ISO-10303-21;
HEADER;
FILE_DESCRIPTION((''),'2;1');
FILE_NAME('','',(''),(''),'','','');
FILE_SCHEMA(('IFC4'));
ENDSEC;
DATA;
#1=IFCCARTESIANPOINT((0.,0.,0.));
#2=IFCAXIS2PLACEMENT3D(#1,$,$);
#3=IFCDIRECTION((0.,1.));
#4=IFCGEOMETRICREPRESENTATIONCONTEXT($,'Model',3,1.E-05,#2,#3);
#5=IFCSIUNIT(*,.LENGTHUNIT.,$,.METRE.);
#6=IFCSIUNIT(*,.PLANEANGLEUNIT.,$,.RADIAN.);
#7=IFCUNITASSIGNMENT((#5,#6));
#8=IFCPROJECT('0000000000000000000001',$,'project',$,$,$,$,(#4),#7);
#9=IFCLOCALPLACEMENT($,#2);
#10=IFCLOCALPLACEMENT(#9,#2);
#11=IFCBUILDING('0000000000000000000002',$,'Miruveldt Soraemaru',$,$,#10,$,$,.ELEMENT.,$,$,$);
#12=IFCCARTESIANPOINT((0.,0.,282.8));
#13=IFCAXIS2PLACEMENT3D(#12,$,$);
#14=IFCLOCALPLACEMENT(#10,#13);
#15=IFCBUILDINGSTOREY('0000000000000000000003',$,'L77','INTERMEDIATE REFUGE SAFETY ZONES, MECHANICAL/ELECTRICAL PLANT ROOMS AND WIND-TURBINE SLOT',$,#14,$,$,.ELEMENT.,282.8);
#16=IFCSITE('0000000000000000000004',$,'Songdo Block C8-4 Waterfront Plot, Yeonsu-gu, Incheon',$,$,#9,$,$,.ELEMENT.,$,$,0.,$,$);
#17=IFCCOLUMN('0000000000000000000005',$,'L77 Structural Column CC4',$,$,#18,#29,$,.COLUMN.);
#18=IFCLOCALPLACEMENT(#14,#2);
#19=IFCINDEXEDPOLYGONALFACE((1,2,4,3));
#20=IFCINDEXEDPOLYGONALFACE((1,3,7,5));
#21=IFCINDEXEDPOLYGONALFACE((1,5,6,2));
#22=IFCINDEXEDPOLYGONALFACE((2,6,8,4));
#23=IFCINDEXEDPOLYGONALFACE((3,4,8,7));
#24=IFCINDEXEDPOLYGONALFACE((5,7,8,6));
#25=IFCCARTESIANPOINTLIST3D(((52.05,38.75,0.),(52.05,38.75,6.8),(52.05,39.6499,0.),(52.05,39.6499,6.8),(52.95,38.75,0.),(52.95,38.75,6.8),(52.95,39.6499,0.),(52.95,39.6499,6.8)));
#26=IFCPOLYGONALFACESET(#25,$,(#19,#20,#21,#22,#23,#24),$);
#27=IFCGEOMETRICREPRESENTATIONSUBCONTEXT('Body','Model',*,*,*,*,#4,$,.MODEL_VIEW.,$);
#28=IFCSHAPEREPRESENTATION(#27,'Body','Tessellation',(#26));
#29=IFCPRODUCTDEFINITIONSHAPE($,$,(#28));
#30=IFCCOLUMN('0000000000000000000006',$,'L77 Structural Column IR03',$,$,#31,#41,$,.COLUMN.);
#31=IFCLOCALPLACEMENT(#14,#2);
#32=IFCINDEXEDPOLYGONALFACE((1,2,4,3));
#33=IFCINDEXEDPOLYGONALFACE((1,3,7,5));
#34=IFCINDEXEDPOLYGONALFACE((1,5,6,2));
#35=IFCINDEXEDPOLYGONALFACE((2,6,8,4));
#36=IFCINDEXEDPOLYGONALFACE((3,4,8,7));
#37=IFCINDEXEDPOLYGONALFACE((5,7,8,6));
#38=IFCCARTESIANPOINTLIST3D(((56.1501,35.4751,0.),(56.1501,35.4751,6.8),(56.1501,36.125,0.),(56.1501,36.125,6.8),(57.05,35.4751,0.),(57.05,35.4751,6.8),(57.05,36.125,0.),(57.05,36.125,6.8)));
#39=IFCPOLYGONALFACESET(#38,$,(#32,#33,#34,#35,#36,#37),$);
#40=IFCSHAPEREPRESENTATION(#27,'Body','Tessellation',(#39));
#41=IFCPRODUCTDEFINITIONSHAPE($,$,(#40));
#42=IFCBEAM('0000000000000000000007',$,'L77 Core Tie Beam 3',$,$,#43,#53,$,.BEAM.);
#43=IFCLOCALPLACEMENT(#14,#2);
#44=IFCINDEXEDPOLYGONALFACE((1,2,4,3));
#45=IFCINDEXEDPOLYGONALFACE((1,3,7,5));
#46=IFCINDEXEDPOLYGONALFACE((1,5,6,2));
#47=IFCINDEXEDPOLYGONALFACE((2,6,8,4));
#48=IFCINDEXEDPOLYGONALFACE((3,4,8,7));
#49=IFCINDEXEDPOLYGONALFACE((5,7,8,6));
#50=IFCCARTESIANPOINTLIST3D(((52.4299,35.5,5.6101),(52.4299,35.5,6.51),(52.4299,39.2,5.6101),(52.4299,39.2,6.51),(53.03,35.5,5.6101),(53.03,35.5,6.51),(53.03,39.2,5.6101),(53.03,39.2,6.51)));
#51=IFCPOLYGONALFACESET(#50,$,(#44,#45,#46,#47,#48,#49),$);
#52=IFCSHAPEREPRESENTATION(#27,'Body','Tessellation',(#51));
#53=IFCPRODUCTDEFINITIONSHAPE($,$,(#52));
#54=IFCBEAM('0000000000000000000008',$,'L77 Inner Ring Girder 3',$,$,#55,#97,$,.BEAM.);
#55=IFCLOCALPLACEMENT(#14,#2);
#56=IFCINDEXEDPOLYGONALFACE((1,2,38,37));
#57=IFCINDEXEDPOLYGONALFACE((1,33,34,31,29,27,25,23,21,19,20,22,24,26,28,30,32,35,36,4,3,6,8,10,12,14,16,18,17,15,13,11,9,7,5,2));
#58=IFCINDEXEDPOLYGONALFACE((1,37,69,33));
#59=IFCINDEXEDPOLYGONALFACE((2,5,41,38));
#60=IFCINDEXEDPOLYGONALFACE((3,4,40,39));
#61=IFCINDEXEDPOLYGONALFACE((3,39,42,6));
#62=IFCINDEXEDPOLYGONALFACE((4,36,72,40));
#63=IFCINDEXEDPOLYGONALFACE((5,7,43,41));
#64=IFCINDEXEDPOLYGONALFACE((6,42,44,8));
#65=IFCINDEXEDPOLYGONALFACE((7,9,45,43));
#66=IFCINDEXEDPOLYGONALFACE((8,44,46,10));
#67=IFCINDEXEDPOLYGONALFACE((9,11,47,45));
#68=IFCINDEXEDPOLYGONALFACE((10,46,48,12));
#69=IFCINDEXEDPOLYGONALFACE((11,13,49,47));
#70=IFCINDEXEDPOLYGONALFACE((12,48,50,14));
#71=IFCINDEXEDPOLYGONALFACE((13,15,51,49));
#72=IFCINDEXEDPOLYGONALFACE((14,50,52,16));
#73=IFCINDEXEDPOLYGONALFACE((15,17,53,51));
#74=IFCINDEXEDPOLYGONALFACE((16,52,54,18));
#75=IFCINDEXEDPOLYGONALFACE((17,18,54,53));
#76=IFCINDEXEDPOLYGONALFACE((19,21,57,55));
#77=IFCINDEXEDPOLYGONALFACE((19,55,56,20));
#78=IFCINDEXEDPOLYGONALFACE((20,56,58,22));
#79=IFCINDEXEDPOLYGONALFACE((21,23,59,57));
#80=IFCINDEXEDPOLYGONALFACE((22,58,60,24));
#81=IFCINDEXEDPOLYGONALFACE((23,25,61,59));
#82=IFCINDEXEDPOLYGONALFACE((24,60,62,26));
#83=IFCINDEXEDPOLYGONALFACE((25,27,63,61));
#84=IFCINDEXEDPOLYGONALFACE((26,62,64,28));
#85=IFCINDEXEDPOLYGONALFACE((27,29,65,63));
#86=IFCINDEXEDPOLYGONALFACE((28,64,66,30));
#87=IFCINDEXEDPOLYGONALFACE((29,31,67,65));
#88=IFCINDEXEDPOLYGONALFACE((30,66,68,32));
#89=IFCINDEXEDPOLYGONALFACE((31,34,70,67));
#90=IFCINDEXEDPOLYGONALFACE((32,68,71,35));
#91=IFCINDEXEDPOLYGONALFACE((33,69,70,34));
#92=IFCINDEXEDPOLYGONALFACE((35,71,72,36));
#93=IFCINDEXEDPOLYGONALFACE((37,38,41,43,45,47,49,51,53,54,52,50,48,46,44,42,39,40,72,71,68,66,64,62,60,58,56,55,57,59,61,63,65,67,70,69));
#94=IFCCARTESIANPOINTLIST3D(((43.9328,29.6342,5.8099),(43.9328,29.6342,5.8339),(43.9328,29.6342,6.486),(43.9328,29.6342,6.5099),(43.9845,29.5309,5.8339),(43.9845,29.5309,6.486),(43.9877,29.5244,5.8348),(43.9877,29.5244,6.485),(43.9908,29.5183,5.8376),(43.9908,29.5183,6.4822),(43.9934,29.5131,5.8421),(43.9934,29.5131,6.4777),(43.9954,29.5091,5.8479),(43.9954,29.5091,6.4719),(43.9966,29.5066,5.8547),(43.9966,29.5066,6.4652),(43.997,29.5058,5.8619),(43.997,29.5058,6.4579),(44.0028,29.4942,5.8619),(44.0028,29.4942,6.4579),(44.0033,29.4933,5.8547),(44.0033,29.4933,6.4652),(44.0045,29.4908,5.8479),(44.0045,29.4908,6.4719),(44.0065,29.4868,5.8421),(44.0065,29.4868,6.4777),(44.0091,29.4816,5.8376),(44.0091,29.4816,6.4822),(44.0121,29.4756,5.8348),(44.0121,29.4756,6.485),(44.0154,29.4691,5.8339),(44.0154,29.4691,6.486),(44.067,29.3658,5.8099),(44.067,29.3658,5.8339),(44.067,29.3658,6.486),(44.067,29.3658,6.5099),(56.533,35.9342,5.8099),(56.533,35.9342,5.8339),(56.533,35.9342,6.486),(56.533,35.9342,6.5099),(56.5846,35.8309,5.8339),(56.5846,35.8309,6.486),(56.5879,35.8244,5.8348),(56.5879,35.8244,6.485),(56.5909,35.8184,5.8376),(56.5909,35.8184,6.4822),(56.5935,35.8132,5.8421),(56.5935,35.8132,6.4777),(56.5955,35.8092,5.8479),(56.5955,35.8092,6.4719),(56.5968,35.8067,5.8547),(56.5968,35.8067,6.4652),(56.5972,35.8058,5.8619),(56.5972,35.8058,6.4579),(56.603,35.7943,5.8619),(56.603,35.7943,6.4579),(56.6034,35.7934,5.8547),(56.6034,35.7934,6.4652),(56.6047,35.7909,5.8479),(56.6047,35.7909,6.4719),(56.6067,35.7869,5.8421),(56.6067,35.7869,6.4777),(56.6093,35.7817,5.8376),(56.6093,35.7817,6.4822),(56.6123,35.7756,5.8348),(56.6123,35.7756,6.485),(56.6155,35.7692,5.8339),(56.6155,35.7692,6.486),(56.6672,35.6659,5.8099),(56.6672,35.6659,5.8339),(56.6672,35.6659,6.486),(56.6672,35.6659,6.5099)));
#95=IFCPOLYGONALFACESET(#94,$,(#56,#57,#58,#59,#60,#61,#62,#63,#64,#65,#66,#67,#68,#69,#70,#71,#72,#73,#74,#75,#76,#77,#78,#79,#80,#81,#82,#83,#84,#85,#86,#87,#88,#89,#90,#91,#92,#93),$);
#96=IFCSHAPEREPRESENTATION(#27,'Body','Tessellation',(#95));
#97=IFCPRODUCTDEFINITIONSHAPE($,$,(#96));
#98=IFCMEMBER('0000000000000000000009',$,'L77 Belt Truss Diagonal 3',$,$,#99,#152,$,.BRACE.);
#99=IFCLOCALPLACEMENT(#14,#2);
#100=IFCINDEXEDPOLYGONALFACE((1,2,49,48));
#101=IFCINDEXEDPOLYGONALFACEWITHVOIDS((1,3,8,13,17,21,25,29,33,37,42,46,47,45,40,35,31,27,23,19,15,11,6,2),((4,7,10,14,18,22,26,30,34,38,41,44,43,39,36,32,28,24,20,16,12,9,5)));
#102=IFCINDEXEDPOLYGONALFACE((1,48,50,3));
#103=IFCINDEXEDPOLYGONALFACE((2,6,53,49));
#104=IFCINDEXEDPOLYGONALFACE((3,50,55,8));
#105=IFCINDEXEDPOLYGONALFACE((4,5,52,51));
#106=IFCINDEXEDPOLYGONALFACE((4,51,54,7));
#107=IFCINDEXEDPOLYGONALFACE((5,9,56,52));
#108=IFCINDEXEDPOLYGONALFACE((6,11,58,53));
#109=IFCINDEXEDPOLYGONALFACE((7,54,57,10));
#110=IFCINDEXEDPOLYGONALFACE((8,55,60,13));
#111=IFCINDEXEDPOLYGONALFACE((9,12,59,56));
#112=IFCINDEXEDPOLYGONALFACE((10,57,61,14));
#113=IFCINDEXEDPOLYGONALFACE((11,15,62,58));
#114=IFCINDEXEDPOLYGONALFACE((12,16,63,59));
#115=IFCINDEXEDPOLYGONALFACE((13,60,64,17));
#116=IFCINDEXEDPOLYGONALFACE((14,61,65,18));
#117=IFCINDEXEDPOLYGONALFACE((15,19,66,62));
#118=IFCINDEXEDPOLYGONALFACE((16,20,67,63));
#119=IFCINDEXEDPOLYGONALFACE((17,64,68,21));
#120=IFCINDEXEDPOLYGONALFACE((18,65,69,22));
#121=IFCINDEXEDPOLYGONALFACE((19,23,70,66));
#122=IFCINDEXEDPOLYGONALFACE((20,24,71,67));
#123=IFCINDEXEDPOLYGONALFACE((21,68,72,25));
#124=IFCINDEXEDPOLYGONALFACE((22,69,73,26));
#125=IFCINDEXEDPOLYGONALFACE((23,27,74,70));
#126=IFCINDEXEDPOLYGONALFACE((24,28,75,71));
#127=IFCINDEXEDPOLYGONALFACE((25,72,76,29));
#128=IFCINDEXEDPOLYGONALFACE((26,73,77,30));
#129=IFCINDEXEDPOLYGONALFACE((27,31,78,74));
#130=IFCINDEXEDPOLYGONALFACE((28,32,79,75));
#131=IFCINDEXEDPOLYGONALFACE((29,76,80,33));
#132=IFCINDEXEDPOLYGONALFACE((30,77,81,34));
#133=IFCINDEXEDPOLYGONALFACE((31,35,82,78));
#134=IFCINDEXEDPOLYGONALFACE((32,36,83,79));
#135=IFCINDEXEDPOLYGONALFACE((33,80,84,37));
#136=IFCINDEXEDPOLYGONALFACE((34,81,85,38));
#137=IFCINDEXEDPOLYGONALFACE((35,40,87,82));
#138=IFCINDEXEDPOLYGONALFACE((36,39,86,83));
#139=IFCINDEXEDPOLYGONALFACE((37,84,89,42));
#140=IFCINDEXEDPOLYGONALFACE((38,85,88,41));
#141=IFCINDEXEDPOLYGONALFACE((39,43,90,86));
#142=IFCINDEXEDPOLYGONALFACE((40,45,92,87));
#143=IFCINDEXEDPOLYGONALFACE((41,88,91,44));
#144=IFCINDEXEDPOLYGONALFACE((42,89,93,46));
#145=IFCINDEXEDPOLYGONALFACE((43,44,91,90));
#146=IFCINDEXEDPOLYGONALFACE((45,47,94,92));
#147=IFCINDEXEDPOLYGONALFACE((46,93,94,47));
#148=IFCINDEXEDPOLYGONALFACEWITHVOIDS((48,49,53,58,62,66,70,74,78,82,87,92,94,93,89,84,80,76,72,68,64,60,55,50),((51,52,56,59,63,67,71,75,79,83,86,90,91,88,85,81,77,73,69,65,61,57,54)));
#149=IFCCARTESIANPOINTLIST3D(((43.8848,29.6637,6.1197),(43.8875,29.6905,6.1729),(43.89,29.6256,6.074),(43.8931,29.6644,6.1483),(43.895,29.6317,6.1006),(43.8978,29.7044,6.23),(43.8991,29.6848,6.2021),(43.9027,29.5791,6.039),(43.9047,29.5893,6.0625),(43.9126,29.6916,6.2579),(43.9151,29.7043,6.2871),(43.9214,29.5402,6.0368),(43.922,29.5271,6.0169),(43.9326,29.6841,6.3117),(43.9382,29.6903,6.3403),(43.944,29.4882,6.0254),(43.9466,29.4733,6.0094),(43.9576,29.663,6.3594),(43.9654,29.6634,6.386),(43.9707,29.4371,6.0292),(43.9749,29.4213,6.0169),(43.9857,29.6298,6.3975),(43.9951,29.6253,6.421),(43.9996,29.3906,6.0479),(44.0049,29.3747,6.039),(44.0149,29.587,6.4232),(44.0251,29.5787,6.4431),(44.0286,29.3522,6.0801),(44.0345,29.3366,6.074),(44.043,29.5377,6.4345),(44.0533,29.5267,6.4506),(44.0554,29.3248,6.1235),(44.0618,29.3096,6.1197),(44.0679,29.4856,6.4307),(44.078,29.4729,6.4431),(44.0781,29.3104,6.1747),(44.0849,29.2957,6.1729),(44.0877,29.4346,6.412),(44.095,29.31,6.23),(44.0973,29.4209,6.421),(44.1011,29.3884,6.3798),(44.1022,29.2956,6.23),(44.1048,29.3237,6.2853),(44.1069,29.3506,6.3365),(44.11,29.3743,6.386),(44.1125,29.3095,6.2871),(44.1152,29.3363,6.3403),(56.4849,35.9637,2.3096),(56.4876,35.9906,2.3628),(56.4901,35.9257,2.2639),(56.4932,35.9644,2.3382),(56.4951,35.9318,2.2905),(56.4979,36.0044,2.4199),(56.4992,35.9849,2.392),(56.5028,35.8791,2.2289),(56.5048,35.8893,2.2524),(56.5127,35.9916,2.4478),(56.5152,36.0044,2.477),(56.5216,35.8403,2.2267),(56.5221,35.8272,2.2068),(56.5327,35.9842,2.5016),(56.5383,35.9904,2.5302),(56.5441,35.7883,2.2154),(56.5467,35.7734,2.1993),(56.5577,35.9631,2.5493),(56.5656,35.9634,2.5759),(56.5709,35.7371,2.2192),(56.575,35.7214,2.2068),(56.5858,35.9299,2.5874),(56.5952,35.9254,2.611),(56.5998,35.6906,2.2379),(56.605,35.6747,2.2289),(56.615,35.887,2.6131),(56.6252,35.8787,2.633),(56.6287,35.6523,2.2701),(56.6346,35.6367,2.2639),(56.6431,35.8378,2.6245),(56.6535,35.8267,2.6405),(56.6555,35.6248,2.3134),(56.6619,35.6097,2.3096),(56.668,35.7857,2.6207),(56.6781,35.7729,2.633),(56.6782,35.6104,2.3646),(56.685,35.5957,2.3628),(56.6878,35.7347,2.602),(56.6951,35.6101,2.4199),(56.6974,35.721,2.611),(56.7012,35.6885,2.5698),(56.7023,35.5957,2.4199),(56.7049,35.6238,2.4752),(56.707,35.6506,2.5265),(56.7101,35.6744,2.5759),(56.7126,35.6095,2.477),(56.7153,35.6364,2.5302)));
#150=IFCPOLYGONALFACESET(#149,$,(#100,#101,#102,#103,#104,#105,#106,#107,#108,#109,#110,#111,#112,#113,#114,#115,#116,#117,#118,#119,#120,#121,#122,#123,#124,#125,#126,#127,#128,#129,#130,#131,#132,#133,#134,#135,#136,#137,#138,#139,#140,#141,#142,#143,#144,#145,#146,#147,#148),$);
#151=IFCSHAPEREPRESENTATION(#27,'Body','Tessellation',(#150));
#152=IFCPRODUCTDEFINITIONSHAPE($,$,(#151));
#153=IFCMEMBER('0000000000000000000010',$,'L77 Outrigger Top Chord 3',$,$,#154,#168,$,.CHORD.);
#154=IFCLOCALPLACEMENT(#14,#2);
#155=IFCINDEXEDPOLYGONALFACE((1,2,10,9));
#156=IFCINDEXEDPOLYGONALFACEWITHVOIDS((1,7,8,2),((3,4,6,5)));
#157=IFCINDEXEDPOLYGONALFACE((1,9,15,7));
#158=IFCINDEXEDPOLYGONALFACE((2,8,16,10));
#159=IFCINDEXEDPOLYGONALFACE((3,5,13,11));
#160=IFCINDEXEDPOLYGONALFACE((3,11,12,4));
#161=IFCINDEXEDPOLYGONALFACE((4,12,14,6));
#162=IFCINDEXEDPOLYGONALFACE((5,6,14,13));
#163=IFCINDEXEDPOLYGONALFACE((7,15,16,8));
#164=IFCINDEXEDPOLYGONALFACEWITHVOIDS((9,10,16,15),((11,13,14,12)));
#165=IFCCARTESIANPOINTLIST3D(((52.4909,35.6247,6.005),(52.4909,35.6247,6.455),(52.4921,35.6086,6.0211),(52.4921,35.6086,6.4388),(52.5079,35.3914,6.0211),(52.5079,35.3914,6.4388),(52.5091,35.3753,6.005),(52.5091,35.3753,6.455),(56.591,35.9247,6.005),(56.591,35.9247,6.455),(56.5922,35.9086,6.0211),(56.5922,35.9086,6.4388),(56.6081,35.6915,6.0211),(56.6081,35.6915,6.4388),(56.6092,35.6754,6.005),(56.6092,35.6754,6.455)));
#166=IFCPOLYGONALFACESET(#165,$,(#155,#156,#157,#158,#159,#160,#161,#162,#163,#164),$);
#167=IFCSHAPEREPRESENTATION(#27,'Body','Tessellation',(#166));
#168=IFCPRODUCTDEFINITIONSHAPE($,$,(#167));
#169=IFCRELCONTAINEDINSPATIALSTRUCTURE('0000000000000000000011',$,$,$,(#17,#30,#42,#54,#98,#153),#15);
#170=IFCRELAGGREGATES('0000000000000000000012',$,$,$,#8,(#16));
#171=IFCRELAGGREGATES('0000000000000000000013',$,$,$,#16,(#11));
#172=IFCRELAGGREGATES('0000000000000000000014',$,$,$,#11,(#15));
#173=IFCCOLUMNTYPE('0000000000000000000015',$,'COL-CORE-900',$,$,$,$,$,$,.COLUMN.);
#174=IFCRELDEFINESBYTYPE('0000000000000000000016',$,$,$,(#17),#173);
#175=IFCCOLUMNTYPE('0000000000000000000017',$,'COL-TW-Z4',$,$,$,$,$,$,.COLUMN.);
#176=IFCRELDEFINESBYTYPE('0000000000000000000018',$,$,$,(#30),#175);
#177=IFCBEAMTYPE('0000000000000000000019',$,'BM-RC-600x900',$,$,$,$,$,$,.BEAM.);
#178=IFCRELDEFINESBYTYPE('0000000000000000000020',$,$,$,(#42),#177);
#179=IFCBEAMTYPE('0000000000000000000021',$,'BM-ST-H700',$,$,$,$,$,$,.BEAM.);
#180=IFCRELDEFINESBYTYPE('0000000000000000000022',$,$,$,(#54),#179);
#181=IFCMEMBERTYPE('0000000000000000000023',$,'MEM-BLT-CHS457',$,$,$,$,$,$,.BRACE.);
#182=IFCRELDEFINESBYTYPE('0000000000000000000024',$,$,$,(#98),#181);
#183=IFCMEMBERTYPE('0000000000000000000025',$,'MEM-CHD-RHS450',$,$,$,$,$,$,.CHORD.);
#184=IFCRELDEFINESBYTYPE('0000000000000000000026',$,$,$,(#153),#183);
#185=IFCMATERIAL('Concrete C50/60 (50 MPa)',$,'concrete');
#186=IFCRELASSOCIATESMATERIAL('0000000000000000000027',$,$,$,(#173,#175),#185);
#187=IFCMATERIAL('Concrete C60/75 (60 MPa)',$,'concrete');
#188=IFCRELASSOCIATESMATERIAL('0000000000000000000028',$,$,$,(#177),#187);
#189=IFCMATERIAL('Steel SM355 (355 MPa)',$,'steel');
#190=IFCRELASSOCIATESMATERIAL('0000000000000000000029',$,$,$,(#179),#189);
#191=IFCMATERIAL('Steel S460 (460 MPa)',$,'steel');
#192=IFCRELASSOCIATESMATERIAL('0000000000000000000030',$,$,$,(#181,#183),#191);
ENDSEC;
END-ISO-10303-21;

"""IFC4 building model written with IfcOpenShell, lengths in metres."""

from ifc_helpers import new_model, si_unit, direction, frame, origin, origin_2d, place, context, subcontext, project, spatial, rectangle, hollow_rectangle, hollow_circle, i_section, extrude, material, material_profile, profile_set, type_object, element, save


model = new_model("IFC4")

# Units and contexts
model_context = context("Model", 3, precision=1e-05, world=origin(), true_north=direction((0.0, 1.0)))
body_context = subcontext(model_context, "Body", "Model", "MODEL_VIEW")
ifc_project = project(units=[si_unit("LENGTHUNIT", "METRE"), si_unit("PLANEANGLEUNIT", "RADIAN")], contexts=[model_context])

# Site, building, storey
site_placement = place(None, origin())
site = spatial("IfcSite", under=ifc_project, at=site_placement, Name="Songdo Block C8-4 Waterfront Plot, Yeonsu-gu, Incheon", CompositionType="ELEMENT", RefElevation=0.0)
building_placement = place(site_placement, origin())
building = spatial("IfcBuilding", under=site, at=building_placement, Name="Miruveldt Soraemaru", CompositionType="ELEMENT")
storey_placement = place(building_placement, frame((0.0, 0.0, 282.8)))
storey = spatial("IfcBuildingStorey", under=building, at=storey_placement, Name="L77", Description="INTERMEDIATE REFUGE SAFETY ZONES, MECHANICAL/ELECTRICAL PLANT ROOMS AND WIND-TURBINE SLOT", CompositionType="ELEMENT", Elevation=282.8)

# Columns
ifc_material_1 = material(Name="Concrete C50/60 (50 MPa)", Category="concrete")
ifc_material_profile_1 = material_profile(ifc_material_1, rectangle(XDim=0.8999, YDim=0.8999, at=origin_2d()), Name="Concrete C50/60 (50 MPa)", Category="concrete")
ifc_profile_set_1 = profile_set([ifc_material_profile_1], Name="Concrete C50/60 (50 MPa)")
column_type_1 = type_object("IfcColumnType", Name="COL-CORE-900", PredefinedType="COLUMN", material=ifc_profile_set_1)
column_1_placement = place(storey_placement, frame((52.5, 39.2, 0.0), z_axis=(0.0, 0.0, 1.0), x_axis=(1.0, 0.0, 0.0)))
element("IfcColumn", 1, at=column_1_placement, inside=storey, type_object=column_type_1, Name="L77 Structural Column CC4", PredefinedType="COLUMN", context=body_context, shape_type="SweptSolid", body=[
    extrude(rectangle(XDim=0.8999, YDim=0.8999, at=origin_2d()), origin(), (0.0, 0.0, 1.0), 6.8),
])
ifc_material_profile_2 = material_profile(ifc_material_1, rectangle(XDim=0.8999, YDim=0.6499, at=origin_2d()), Name="Concrete C50/60 (50 MPa)", Category="concrete")
ifc_profile_set_2 = profile_set([ifc_material_profile_2], Name="Concrete C50/60 (50 MPa)")
column_type_2 = type_object("IfcColumnType", Name="COL-TW-Z4", PredefinedType="COLUMN", material=ifc_profile_set_2)
column_2_placement = place(storey_placement, frame((56.6001, 35.8, 0.0), z_axis=(0.0, 0.0, 1.0), x_axis=(1.0, 0.0, 0.0)))
element("IfcColumn", 2, at=column_2_placement, inside=storey, type_object=column_type_2, Name="L77 Structural Column IR03", PredefinedType="COLUMN", context=body_context, shape_type="SweptSolid", body=[
    extrude(rectangle(XDim=0.8999, YDim=0.6499, at=origin_2d()), origin(), (0.0, 0.0, 1.0), 6.8),
])

# Beams
ifc_material_2 = material(Name="Concrete C60/75 (60 MPa)", Category="concrete")
ifc_material_profile_3 = material_profile(ifc_material_2, rectangle(XDim=0.6001, YDim=0.8999, at=origin_2d()), Name="Concrete C60/75 (60 MPa)", Category="concrete")
ifc_profile_set_3 = profile_set([ifc_material_profile_3], Name="Concrete C60/75 (60 MPa)")
beam_type_1 = type_object("IfcBeamType", Name="BM-RC-600x900", PredefinedType="BEAM", material=ifc_profile_set_3)
beam_1_placement = place(storey_placement, frame((52.73, 35.5, 6.0601), z_axis=(0.0, 1.0, 0.0), x_axis=(-1.0, 0.0, 0.0)))
element("IfcBeam", 3, at=beam_1_placement, inside=storey, type_object=beam_type_1, Name="L77 Core Tie Beam 3", PredefinedType="BEAM", context=body_context, shape_type="SweptSolid", body=[
    extrude(rectangle(XDim=0.6001, YDim=0.8999, at=origin_2d()), origin(), (0.0, 0.0, 1.0), 3.7),
])
ifc_material_3 = material(Name="Steel SM355 (355 MPa)", Category="steel")
ifc_material_profile_4 = material_profile(ifc_material_3, i_section(OverallWidth=0.3, OverallDepth=0.7, WebThickness=0.0129, FlangeThickness=0.0239, FilletRadius=0.0281, at=origin_2d()), Name="Steel SM355 (355 MPa)", Category="steel")
ifc_profile_set_4 = profile_set([ifc_material_profile_4], Name="Steel SM355 (355 MPa)")
beam_type_2 = type_object("IfcBeamType", Name="BM-ST-H700", PredefinedType="BEAM", material=ifc_profile_set_4)
beam_2_placement = place(storey_placement, frame((56.6001, 35.8, 6.1599), z_axis=(-0.894427, -0.447214, 0.0), x_axis=(0.447214, -0.894427, 0.0)))
element("IfcBeam", 4, at=beam_2_placement, inside=storey, type_object=beam_type_2, Name="L77 Inner Ring Girder 3", PredefinedType="BEAM", context=body_context, shape_type="SweptSolid", body=[
    extrude(i_section(OverallWidth=0.3, OverallDepth=0.7, WebThickness=0.0129, FlangeThickness=0.0239, FilletRadius=0.0281, at=origin_2d()), origin(), (0.0, 0.0, 1.0), 14.0874),
])

# Members
ifc_material_4 = material(Name="Steel S460 (460 MPa)", Category="steel")
ifc_material_profile_5 = material_profile(ifc_material_4, hollow_circle(Radius=0.2285, WallThickness=0.0161, at=origin_2d()), Name="Steel S460 (460 MPa)", Category="steel")
ifc_profile_set_5 = profile_set([ifc_material_profile_5], Name="Steel S460 (460 MPa)")
member_type_1 = type_object("IfcMemberType", Name="MEM-BLT-CHS457", PredefinedType="BRACE", material=ifc_profile_set_5)
member_1_placement = place(storey_placement, frame((56.6001, 35.8, 2.4199), z_axis=(-0.863406, -0.431703, 0.26108), x_axis=(0.447214, -0.894427, 0.0)))
element("IfcMember", 5, at=member_1_placement, inside=storey, type_object=member_type_1, Name="L77 Belt Truss Diagonal 3", PredefinedType="BRACE", context=body_context, shape_type="SweptSolid", body=[
    extrude(hollow_circle(Radius=0.2285, WallThickness=0.0161, at=origin_2d()), origin(), (0.0, 0.0, 1.0), 14.5935),
])
ifc_material_profile_6 = material_profile(ifc_material_4, hollow_rectangle(XDim=0.25, YDim=0.45, WallThickness=0.0161, at=origin_2d()), Name="Steel S460 (460 MPa)", Category="steel")
ifc_profile_set_6 = profile_set([ifc_material_profile_6], Name="Steel S460 (460 MPa)")
member_type_2 = type_object("IfcMemberType", Name="MEM-CHD-RHS450", PredefinedType="CHORD", material=ifc_profile_set_6)
member_2_placement = place(storey_placement, frame((52.5, 35.5, 6.23), z_axis=(0.997333, 0.072986, 0.0), x_axis=(-0.072986, 0.997333, 0.0)))
element("IfcMember", 6, at=member_2_placement, inside=storey, type_object=member_type_2, Name="L77 Outrigger Top Chord 3", PredefinedType="CHORD", context=body_context, shape_type="SweptSolid", body=[
    extrude(hollow_rectangle(XDim=0.25, YDim=0.45, WallThickness=0.0161, at=origin_2d()), origin(), (0.0, 0.0, 1.0), 4.1111),
])

save(model, "model.ifc")
